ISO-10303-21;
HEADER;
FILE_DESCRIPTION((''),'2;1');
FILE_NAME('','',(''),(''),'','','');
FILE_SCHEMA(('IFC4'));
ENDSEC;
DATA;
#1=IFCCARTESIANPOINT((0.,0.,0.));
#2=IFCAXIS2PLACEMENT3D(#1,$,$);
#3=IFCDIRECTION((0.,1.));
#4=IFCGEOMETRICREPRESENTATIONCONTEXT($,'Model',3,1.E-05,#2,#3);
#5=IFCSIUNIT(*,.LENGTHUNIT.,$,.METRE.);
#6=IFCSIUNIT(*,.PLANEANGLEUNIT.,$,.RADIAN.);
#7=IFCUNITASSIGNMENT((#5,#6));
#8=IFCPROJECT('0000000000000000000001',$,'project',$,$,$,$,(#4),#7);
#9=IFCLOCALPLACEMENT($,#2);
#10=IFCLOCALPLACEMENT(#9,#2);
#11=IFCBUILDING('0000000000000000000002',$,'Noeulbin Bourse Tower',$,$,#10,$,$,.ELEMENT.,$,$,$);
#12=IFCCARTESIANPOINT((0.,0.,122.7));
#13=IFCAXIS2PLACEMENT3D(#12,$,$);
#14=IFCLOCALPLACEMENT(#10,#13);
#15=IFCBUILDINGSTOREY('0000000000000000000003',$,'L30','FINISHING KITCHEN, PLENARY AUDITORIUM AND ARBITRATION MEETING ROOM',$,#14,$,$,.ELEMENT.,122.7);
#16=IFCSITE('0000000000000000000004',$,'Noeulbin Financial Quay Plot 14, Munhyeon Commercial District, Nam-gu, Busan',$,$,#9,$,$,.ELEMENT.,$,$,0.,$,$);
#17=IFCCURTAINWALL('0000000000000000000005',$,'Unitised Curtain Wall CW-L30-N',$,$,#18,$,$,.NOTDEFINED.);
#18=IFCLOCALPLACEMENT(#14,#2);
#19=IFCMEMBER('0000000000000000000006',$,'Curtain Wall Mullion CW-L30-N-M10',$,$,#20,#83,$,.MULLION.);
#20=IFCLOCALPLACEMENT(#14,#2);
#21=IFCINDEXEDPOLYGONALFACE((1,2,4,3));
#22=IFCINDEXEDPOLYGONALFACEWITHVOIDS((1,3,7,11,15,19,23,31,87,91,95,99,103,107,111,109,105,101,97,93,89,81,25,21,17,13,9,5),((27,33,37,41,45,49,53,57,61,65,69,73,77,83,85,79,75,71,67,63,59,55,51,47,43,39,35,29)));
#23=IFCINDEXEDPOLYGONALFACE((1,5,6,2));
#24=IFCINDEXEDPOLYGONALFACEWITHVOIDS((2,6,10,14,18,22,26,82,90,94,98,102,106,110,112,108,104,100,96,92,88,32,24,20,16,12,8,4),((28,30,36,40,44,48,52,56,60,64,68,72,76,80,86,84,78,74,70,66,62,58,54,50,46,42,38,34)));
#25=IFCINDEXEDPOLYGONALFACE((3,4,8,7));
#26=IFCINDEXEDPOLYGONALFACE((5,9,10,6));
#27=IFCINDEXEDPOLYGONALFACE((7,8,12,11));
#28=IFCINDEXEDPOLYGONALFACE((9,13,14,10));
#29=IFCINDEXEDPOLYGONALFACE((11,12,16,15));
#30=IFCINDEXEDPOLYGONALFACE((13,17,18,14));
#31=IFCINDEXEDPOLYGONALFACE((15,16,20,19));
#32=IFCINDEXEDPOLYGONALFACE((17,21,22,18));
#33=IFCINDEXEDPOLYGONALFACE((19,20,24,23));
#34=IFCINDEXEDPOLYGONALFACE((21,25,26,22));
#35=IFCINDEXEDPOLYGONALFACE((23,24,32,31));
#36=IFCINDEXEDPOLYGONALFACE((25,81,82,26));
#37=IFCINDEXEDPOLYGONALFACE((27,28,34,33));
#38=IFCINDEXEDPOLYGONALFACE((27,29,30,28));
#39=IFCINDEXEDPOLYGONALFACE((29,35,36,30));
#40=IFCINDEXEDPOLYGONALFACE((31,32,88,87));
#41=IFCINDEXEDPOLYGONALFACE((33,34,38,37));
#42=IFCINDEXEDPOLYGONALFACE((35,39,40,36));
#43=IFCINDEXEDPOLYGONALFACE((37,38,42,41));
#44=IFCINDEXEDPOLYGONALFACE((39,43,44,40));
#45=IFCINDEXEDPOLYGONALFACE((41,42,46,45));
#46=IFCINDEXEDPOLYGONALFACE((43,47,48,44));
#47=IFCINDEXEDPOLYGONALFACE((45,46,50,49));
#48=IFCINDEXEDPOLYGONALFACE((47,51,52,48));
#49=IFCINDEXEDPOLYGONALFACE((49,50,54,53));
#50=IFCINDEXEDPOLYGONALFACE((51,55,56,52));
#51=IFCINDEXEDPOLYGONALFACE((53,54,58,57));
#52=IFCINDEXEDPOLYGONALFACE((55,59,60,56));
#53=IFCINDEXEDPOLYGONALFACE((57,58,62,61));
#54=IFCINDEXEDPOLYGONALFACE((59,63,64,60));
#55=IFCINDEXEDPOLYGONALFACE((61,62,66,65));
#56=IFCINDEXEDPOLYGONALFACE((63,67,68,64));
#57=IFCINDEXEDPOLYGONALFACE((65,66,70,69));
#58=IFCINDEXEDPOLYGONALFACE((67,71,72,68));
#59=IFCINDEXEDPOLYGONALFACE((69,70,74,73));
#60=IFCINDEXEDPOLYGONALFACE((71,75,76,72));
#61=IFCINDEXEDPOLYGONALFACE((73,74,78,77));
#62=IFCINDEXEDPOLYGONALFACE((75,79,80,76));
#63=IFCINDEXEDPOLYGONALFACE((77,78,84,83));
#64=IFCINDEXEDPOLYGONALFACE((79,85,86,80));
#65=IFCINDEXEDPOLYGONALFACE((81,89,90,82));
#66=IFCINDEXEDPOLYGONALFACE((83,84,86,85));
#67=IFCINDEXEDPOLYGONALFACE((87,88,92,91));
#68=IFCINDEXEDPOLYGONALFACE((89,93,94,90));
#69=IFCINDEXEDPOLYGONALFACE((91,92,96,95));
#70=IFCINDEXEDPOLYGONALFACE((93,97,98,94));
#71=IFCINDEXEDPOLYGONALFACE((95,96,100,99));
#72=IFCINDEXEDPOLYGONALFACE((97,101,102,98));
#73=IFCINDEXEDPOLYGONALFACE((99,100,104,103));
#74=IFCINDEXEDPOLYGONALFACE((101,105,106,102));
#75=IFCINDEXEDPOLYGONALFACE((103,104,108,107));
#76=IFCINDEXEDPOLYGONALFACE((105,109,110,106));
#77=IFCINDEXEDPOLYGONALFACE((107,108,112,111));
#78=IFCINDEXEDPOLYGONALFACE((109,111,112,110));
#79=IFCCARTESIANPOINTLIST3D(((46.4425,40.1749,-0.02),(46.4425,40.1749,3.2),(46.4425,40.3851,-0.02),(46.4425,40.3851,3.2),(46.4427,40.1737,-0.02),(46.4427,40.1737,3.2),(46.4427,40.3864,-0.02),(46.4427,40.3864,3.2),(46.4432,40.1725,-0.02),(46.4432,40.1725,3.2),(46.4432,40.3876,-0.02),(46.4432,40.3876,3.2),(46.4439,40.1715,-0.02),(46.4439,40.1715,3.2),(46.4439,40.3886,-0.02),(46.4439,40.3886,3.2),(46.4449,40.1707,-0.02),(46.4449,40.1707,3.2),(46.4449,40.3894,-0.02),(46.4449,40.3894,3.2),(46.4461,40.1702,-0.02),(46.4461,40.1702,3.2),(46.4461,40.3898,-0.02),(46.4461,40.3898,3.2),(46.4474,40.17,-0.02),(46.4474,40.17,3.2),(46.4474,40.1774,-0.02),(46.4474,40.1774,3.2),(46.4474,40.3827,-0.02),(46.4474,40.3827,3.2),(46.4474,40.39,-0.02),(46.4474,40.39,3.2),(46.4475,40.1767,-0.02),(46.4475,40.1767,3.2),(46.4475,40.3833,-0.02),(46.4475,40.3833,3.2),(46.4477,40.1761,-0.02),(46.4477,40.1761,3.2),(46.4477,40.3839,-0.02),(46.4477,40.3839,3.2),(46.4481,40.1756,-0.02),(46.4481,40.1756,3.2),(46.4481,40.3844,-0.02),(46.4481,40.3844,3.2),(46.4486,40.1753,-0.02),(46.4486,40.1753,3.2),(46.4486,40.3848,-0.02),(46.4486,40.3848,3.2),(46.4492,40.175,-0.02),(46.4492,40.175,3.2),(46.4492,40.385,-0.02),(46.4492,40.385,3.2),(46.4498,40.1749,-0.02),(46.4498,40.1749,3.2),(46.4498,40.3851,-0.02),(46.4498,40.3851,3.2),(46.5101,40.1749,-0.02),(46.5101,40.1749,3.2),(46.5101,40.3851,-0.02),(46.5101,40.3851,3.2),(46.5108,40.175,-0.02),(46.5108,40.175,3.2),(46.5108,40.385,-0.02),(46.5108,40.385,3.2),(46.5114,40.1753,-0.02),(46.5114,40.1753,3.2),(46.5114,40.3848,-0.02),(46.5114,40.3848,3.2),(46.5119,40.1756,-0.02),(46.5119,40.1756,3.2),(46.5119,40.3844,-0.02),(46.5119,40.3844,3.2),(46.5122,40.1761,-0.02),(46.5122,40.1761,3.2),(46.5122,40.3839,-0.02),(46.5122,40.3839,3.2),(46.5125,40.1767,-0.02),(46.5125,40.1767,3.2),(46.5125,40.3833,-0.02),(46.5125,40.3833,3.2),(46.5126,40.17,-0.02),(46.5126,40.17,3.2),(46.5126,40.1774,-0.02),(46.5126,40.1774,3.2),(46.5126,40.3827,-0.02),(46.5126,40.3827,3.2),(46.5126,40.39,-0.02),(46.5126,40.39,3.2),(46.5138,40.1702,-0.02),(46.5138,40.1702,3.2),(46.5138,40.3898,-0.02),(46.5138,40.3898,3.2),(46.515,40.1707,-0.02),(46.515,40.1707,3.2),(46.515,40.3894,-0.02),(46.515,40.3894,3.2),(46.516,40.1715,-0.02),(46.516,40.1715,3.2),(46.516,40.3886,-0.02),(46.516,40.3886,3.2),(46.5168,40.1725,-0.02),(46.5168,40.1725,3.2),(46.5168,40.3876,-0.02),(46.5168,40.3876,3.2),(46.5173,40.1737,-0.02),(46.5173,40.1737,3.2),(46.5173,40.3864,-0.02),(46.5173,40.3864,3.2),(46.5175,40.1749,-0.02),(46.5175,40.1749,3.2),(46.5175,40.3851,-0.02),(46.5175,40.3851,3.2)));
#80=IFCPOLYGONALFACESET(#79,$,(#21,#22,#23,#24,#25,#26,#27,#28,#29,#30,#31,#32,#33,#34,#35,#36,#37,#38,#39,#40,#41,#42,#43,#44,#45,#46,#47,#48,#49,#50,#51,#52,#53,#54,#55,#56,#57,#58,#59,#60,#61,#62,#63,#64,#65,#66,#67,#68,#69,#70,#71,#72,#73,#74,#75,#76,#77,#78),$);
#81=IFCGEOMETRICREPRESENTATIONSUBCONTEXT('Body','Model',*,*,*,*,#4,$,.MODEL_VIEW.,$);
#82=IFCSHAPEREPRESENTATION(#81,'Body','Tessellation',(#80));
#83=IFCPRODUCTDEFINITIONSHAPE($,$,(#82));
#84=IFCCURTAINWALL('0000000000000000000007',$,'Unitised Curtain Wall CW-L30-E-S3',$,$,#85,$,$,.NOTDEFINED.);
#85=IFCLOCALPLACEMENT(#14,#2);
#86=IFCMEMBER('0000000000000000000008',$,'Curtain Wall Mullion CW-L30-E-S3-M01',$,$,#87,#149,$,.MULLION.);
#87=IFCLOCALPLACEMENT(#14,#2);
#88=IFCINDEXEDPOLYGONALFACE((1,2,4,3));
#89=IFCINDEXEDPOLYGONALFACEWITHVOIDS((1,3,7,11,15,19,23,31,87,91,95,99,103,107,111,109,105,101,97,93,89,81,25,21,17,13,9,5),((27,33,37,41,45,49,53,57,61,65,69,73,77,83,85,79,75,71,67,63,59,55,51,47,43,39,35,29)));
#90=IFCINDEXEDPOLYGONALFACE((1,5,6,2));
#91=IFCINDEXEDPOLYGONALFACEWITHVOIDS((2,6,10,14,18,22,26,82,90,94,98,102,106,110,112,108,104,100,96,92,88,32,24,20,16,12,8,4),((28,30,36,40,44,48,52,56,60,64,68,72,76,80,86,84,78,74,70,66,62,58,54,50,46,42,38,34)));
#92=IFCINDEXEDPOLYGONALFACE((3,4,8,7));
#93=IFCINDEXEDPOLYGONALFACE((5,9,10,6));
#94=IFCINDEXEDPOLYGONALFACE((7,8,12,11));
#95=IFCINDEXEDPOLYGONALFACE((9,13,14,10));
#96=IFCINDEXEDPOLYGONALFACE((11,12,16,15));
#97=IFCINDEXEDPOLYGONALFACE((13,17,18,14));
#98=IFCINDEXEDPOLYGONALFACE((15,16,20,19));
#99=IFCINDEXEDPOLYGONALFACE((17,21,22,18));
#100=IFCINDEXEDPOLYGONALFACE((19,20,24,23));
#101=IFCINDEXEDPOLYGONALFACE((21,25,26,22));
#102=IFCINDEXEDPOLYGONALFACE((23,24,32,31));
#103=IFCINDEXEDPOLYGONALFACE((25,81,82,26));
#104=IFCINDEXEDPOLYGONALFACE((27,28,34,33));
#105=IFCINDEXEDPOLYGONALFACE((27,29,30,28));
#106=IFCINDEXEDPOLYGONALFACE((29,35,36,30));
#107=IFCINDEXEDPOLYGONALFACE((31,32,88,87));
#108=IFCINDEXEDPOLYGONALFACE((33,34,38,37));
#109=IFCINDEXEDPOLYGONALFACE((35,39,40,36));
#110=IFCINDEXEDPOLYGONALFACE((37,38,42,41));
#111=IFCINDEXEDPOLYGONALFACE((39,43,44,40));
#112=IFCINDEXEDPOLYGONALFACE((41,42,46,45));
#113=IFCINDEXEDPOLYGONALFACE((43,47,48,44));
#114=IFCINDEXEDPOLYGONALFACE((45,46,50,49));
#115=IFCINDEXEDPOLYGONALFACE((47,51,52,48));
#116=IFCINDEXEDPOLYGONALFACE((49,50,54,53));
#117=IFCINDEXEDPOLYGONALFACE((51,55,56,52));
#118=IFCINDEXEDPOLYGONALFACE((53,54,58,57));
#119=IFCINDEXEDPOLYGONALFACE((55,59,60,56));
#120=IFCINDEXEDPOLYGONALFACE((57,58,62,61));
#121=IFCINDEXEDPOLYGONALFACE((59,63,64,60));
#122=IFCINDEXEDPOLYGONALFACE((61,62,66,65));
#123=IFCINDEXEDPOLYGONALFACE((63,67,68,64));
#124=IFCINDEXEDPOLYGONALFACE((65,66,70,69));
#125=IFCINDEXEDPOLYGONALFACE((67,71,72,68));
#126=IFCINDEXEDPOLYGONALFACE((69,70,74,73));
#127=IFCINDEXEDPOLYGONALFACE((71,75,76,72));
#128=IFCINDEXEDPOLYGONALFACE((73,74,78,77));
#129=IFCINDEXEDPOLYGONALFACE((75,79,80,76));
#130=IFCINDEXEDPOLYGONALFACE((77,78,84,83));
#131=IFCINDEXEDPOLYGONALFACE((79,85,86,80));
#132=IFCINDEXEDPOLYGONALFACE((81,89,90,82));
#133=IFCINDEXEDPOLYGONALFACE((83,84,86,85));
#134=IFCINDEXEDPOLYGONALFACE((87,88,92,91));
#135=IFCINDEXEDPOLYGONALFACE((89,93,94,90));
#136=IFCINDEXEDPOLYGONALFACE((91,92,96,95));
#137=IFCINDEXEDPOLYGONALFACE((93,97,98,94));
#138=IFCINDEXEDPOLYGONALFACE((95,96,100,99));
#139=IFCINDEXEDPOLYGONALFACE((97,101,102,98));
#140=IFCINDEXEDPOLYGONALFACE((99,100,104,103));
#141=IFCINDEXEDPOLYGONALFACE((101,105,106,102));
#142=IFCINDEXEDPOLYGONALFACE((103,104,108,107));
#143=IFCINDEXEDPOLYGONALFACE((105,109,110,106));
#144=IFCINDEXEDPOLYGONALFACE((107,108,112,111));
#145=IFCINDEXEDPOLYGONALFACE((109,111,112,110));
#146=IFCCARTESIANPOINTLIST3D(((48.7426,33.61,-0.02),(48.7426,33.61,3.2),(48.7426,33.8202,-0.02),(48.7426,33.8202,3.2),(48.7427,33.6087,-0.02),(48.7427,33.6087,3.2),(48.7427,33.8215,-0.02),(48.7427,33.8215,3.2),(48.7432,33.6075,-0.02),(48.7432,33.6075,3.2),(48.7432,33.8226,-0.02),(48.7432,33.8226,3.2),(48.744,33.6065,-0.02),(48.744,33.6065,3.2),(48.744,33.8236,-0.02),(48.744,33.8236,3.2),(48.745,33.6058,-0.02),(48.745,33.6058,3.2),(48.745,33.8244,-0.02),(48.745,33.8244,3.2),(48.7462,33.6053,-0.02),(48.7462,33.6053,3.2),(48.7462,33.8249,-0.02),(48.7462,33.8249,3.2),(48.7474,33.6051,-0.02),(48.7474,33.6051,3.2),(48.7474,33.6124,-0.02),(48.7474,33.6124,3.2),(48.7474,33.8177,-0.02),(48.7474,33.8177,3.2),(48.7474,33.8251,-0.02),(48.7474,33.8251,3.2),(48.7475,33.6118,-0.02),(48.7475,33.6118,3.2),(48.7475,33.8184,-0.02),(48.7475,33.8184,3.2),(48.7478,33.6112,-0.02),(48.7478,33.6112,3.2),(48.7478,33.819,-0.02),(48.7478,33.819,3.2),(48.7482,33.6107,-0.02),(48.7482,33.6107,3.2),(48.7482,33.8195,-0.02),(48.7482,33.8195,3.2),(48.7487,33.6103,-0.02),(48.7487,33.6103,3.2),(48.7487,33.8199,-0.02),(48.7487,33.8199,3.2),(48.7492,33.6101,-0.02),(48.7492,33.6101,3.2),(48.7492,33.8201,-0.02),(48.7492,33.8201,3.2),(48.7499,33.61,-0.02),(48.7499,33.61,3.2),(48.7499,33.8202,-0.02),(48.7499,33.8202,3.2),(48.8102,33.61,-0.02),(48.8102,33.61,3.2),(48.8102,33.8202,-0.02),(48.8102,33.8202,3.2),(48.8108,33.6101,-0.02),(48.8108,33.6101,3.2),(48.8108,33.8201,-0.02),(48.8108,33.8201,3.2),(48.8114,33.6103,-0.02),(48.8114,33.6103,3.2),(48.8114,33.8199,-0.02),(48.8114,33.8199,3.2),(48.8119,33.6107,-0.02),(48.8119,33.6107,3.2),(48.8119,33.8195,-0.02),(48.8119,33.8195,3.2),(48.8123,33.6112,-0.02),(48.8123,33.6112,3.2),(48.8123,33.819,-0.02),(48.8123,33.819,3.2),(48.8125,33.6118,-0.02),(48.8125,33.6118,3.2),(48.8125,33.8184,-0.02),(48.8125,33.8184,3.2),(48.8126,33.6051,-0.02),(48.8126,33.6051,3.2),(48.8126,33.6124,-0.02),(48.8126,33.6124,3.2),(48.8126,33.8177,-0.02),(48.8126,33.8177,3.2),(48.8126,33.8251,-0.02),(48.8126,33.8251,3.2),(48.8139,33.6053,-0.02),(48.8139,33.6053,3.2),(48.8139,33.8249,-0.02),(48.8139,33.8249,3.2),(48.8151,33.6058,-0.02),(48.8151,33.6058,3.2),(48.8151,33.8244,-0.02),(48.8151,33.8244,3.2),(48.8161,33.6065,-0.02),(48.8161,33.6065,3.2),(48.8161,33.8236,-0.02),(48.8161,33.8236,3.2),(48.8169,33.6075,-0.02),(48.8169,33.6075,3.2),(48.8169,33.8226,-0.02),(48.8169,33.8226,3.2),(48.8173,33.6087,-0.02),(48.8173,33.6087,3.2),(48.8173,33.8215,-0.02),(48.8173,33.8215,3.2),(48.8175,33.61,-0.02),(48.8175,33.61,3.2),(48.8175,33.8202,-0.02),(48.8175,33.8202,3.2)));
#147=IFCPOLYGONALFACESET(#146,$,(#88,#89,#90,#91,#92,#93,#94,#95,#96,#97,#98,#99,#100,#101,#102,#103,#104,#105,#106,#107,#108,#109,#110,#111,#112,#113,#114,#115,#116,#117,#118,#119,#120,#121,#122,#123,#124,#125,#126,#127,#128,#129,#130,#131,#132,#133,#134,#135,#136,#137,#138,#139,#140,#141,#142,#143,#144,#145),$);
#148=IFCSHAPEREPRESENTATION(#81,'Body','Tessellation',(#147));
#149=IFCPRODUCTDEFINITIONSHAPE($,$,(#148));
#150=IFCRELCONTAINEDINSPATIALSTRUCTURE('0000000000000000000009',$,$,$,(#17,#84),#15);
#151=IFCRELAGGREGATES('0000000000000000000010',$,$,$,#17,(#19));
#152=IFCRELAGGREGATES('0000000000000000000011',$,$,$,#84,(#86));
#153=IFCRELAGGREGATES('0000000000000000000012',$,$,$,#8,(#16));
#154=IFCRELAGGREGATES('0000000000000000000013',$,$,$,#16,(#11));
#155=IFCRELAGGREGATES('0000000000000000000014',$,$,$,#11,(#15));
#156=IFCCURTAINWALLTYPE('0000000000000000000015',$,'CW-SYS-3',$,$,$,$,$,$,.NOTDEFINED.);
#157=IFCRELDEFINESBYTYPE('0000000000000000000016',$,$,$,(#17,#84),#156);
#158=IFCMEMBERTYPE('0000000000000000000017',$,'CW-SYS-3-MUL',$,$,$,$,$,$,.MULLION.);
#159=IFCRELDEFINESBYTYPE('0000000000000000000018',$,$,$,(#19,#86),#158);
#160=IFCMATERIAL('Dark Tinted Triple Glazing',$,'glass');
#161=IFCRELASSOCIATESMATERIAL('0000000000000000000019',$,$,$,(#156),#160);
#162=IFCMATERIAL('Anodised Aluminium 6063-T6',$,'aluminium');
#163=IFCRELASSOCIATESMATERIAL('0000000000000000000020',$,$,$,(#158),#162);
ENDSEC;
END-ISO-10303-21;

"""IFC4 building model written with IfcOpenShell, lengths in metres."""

from ifc_helpers import new_model, si_unit, direction, frame, origin, origin_2d, place, context, subcontext, project, spatial, hollow_rectangle, extrude, material, material_profile, profile_set, type_object, element, aggregate, save


model = new_model("IFC4")

# Units and contexts
model_context = context("Model", 3, precision=1e-05, world=origin(), true_north=direction((0.0, 1.0)))
body_context = subcontext(model_context, "Body", "Model", "MODEL_VIEW")
ifc_project = project(units=[si_unit("LENGTHUNIT", "METRE"), si_unit("PLANEANGLEUNIT", "RADIAN")], contexts=[model_context])

# Site, building, storey
site_placement = place(None, origin())
site = spatial("IfcSite", under=ifc_project, at=site_placement, Name="Noeulbin Financial Quay Plot 14, Munhyeon Commercial District, Nam-gu, Busan", CompositionType="ELEMENT", RefElevation=0.0)
building_placement = place(site_placement, origin())
building = spatial("IfcBuilding", under=site, at=building_placement, Name="Noeulbin Bourse Tower", CompositionType="ELEMENT")
storey_placement = place(building_placement, frame((0.0, 0.0, 122.7)))
storey = spatial("IfcBuildingStorey", under=building, at=storey_placement, Name="L30", Description="FINISHING KITCHEN, PLENARY AUDITORIUM AND ARBITRATION MEETING ROOM", CompositionType="ELEMENT", Elevation=122.7)

# Curtain walls, members
ifc_material_1 = material(Name="Dark Tinted Triple Glazing", Category="glass")
curtain_wall_type = type_object("IfcCurtainWallType", Name="CW-SYS-3", PredefinedType="NOTDEFINED", material=ifc_material_1)
curtain_wall_1_placement = place(storey_placement, origin())
curtain_wall_1 = element("IfcCurtainWall", 1, at=curtain_wall_1_placement, inside=storey, type_object=curtain_wall_type, Name="Unitised Curtain Wall CW-L30-N", PredefinedType="NOTDEFINED")
ifc_material_2 = material(Name="Anodised Aluminium 6063-T6", Category="aluminium")
ifc_material_profile_1 = material_profile(ifc_material_2, hollow_rectangle(XDim=0.075, YDim=0.22, WallThickness=0.0049, InnerFilletRadius=0.0024, OuterFilletRadius=0.0049, at=origin_2d()), Name="ALU-MULL-75x220x5", Category="LoadBearing")
ifc_profile_set_1 = profile_set([ifc_material_profile_1], Name="Anodised Aluminium 6063-T6")
member_type_1 = type_object("IfcMemberType", Name="CW-SYS-3-MUL", PredefinedType="MULLION", material=ifc_profile_set_1)
member_1_placement = place(storey_placement, frame((46.48, 40.28, -0.02), z_axis=(0.0, 0.0, 1.0), x_axis=(1.0, 0.0, 0.0)))
member_1 = element("IfcMember", 2, at=member_1_placement, type_object=member_type_1, Name="Curtain Wall Mullion CW-L30-N-M10", PredefinedType="MULLION", context=body_context, shape_type="SweptSolid", body=[
    extrude(hollow_rectangle(XDim=0.075, YDim=0.22, WallThickness=0.0049, InnerFilletRadius=0.0024, OuterFilletRadius=0.0049, at=origin_2d()), origin(), (0.0, 0.0, 1.0), 3.22),
])
curtain_wall_2_placement = place(storey_placement, origin())
curtain_wall_2 = element("IfcCurtainWall", 3, at=curtain_wall_2_placement, inside=storey, type_object=curtain_wall_type, Name="Unitised Curtain Wall CW-L30-E-S3", PredefinedType="NOTDEFINED")
member_2_placement = place(storey_placement, frame((48.78, 33.7151, -0.02), z_axis=(0.0, 0.0, 1.0), x_axis=(1.0, 0.0, 0.0)))
member_2 = element("IfcMember", 4, at=member_2_placement, type_object=member_type_1, Name="Curtain Wall Mullion CW-L30-E-S3-M01", PredefinedType="MULLION", context=body_context, shape_type="SweptSolid", body=[
    extrude(hollow_rectangle(XDim=0.075, YDim=0.22, WallThickness=0.0049, InnerFilletRadius=0.0024, OuterFilletRadius=0.0049, at=origin_2d()), origin(), (0.0, 0.0, 1.0), 3.22),
])

aggregate(curtain_wall_1, [member_1])
aggregate(curtain_wall_2, [member_2])

save(model, "model.ifc")
